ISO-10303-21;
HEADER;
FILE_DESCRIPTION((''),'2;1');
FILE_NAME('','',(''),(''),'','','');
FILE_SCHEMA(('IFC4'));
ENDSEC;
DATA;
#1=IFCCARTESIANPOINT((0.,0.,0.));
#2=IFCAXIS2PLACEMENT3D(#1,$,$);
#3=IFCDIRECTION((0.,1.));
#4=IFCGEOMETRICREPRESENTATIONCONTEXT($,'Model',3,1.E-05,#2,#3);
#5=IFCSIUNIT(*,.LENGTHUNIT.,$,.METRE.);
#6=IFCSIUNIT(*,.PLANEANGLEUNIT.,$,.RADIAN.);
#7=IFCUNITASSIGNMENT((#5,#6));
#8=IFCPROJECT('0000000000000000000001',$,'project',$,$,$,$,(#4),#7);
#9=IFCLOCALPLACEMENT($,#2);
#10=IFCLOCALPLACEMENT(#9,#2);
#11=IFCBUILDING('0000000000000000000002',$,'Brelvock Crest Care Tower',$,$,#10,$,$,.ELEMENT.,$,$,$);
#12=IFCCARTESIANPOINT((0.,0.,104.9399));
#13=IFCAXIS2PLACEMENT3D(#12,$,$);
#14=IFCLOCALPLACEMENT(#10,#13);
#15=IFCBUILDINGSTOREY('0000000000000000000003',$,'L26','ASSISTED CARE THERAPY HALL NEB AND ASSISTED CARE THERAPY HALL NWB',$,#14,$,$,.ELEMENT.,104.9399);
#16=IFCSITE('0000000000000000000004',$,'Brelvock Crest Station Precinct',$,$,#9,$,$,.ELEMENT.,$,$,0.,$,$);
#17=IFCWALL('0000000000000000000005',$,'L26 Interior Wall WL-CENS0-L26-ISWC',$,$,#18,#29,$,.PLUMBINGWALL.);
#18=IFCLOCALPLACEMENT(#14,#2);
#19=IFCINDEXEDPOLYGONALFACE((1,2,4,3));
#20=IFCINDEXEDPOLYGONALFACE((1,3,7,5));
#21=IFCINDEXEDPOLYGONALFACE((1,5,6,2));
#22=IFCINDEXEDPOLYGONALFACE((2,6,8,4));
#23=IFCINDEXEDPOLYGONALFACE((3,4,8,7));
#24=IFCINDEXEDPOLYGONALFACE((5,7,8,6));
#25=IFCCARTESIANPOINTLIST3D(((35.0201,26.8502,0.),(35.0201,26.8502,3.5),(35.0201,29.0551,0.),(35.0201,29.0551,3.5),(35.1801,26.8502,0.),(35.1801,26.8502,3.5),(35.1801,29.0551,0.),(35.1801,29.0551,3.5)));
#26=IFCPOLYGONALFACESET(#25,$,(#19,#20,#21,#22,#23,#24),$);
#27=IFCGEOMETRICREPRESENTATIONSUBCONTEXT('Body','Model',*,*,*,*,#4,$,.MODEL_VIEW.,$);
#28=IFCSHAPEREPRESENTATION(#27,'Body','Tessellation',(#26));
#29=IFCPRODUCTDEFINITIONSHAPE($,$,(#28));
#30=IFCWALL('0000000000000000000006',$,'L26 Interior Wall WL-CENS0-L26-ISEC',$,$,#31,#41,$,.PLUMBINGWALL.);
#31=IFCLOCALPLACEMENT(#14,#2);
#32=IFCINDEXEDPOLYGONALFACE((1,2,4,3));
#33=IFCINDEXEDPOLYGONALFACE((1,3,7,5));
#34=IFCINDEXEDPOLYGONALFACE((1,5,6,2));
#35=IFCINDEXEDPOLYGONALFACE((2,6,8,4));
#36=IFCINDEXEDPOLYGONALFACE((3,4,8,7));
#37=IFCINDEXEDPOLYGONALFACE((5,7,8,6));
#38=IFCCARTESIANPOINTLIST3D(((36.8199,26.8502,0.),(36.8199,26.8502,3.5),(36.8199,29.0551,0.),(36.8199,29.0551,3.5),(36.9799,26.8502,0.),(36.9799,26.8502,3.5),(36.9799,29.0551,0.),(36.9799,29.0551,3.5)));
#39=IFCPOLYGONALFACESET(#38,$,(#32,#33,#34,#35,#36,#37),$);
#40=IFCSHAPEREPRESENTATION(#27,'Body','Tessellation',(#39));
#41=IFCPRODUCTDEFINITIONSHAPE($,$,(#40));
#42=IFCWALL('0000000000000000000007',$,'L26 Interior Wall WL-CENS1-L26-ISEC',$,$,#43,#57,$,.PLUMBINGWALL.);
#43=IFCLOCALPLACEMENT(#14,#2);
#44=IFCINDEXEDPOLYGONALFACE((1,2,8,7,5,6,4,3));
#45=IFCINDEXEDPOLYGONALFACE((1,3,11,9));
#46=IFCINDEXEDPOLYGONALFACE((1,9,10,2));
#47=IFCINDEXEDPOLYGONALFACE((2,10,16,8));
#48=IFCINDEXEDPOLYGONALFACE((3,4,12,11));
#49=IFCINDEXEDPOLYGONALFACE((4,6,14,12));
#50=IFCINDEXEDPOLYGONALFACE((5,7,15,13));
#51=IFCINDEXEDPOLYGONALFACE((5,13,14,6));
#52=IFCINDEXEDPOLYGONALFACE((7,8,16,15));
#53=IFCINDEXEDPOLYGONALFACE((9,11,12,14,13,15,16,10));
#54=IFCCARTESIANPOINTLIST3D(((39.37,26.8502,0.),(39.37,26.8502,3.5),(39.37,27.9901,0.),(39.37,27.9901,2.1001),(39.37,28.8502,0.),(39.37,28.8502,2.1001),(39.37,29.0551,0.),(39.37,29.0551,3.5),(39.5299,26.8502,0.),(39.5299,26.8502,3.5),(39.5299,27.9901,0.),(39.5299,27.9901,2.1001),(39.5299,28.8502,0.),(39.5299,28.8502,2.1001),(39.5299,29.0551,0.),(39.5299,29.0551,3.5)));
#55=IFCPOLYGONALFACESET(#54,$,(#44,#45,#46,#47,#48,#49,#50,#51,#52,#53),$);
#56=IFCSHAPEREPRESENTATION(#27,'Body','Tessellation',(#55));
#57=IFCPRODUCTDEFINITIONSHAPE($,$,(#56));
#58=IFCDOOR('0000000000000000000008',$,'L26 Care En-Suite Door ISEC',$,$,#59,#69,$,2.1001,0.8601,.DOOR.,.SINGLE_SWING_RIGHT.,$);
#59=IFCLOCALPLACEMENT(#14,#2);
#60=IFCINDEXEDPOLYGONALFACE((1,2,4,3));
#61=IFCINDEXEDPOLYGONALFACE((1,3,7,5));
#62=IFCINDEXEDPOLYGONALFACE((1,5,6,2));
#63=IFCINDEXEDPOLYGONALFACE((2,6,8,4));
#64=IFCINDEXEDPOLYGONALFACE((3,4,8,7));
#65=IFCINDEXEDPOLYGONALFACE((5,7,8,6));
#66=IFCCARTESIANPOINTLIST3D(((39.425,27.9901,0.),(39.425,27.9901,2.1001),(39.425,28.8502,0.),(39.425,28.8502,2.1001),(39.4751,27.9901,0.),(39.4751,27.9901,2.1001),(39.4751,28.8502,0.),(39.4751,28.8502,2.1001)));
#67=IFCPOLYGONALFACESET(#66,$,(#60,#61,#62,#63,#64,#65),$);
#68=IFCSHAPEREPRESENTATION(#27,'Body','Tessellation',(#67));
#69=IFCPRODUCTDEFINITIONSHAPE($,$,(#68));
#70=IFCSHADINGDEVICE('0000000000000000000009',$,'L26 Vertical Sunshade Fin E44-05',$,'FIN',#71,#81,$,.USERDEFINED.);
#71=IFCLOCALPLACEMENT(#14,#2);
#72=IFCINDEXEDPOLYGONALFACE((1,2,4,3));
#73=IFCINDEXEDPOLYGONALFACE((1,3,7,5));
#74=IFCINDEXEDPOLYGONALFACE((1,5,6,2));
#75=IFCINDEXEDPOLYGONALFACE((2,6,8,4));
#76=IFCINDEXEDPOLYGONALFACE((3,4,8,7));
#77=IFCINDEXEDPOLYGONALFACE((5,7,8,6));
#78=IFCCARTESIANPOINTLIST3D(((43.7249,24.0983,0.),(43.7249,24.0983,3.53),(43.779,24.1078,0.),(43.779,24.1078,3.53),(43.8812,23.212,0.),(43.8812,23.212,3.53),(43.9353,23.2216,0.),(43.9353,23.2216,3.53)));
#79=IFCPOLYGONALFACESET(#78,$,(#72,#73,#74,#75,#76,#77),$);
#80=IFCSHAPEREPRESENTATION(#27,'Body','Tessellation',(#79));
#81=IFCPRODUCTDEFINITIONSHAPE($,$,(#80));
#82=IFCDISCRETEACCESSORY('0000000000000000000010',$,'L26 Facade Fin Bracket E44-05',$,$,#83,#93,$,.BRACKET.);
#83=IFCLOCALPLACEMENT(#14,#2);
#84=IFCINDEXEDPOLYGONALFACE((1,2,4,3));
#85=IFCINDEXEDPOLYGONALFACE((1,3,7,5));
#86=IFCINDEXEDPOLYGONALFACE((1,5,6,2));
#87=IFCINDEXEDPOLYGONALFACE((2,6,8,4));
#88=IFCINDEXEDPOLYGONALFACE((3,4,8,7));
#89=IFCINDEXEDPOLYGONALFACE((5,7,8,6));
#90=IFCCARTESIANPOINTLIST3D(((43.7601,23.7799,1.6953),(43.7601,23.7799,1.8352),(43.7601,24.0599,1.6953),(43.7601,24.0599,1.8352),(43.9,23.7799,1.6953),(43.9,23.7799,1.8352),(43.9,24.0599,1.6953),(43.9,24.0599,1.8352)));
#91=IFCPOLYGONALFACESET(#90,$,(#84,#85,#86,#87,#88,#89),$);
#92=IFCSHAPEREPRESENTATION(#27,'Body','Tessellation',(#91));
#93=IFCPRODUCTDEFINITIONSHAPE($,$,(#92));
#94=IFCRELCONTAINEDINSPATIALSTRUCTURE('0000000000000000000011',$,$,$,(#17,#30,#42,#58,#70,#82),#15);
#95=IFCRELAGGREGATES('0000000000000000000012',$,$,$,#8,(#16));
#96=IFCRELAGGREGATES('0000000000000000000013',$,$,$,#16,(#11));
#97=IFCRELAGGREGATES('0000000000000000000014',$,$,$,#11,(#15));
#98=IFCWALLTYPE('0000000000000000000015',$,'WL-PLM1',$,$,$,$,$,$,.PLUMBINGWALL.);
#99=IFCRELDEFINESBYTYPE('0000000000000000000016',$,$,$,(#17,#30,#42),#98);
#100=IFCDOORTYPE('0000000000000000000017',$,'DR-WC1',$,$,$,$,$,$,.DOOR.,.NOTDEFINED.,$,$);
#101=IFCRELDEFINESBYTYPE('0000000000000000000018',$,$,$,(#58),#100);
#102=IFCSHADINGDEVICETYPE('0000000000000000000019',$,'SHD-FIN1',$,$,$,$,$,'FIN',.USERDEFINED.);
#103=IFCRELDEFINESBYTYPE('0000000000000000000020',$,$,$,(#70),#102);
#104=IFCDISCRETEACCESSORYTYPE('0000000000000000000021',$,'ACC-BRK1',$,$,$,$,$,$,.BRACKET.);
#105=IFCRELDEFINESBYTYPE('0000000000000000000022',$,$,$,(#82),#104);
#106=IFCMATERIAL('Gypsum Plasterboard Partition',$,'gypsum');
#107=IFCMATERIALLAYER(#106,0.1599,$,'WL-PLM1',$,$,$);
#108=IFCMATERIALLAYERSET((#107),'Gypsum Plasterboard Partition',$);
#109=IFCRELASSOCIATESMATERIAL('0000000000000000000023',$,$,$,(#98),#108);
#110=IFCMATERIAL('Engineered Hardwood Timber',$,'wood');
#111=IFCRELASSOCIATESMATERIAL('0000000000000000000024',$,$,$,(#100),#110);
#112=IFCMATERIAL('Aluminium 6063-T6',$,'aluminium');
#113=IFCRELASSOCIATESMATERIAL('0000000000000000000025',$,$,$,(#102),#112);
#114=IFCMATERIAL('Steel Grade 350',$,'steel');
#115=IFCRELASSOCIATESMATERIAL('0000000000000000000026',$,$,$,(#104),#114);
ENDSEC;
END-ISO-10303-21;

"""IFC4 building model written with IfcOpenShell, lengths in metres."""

from ifc_helpers import new_model, si_unit, direction, frame, frame_2d, origin, origin_2d, place, context, subcontext, project, spatial, rectangle, extrude, source, transform, mapped, material, layer, layer_set, material_profile, profile_set, type_object, element, fill, save


model = new_model("IFC4")

# Units and contexts
model_context = context("Model", 3, precision=1e-05, world=origin(), true_north=direction((0.0, 1.0)))
body_context = subcontext(model_context, "Body", "Model", "MODEL_VIEW")
ifc_project = project(units=[si_unit("LENGTHUNIT", "METRE"), si_unit("PLANEANGLEUNIT", "RADIAN")], contexts=[model_context])

# Site, building, storey
site_placement = place(None, origin())
site = spatial("IfcSite", under=ifc_project, at=site_placement, Name="Brelvock Crest Station Precinct", CompositionType="ELEMENT", RefElevation=0.0)
building_placement = place(site_placement, origin())
building = spatial("IfcBuilding", under=site, at=building_placement, Name="Brelvock Crest Care Tower", CompositionType="ELEMENT")
storey_placement = place(building_placement, frame((0.0, 0.0, 104.9399)))
storey = spatial("IfcBuildingStorey", under=building, at=storey_placement, Name="L26", Description="ASSISTED CARE THERAPY HALL NEB AND ASSISTED CARE THERAPY HALL NWB", CompositionType="ELEMENT", Elevation=104.9399)

# Shared definitions
ifc_material_1 = material(Name="Steel Grade 350", Category="steel")

# Shared definitions
ifc_material_2 = material(Name="Aluminium 6063-T6", Category="aluminium")

# Shared definitions
ifc_material_3 = material(Name="Engineered Hardwood Timber", Category="wood")

# Shared definitions
ifc_material_4 = material(Name="Gypsum Plasterboard Partition", Category="gypsum")
ifc_layer_1 = layer(ifc_material_4, 0.1599, Name="WL-PLM1")
ifc_layer_set_1 = layer_set([ifc_layer_1], Name="Gypsum Plasterboard Partition")
wall_type_1 = type_object("IfcWallType", Name="WL-PLM1", PredefinedType="PLUMBINGWALL", material=ifc_layer_set_1)

# Shared definitions
door_type_1 = type_object("IfcDoorType", Name="DR-WC1", OperationType="NOTDEFINED", PredefinedType="DOOR", material=ifc_material_3)
shared_shape_1 = source(origin(), body_context, "Body", "SweptSolid", [
    extrude(rectangle(XDim=0.8601, YDim=2.1001, at=origin_2d()), frame((0.4302, 0.0249, 1.05), z_axis=(0.0, -1.0, 0.0), x_axis=(1.0, 0.0, 0.0)), (0.0, 0.0, 1.0), 0.05),
])

# Walls
for number, where, z_axis, x_axis, name in (
    (1, (35.1001, 26.8501, 0.0), (0.0, 0.0, 1.0), (0.0, 1.0, 0.0), "L26 Interior Wall WL-CENS0-L26-ISWC"),
    (2, (36.8999, 26.8501, 0.0), (0.0, 0.0, 1.0), (0.0, 1.0, 0.0), "L26 Interior Wall WL-CENS0-L26-ISEC"),
):
    element("IfcWall", number, at=place(storey_placement, frame(where, z_axis=z_axis, x_axis=x_axis)), inside=storey, type_object=wall_type_1, Name=name, PredefinedType="PLUMBINGWALL", context=body_context, shape_type="SweptSolid", body=[
        extrude(rectangle(XDim=2.2048, YDim=0.1599, at=frame_2d((1.1025, 0.0))), origin(), (0.0, 0.0, 1.0), 3.5),
    ])

# Wall, opening, door
wall_1_placement = place(storey_placement, frame((39.45, 26.8501, 0.0), z_axis=(0.0, 0.0, 1.0), x_axis=(0.0, 1.0, 0.0)))
wall_1 = element("IfcWall", 3, at=wall_1_placement, inside=storey, type_object=wall_type_1, Name="L26 Interior Wall WL-CENS1-L26-ISEC", PredefinedType="PLUMBINGWALL", context=body_context, shape_type="SweptSolid", body=[
    extrude(rectangle(XDim=2.2048, YDim=0.1599, at=frame_2d((1.1025, 0.0))), origin(), (0.0, 0.0, 1.0), 3.5),
])
opening_1_placement = place(wall_1_placement, frame((1.1399, 0.0, 0.0)))
opening_1 = element("IfcOpeningElement", 4, at=opening_1_placement, cuts=wall_1, PredefinedType="OPENING", context=body_context, shape_type="SweptSolid", body=[
    extrude(rectangle(XDim=0.8601, YDim=2.1001, at=origin_2d()), frame((0.4302, 0.0898, 1.05), z_axis=(0.0, -1.0, 0.0), x_axis=(1.0, 0.0, 0.0)), (0.0, 0.0, 1.0), 0.1799),
])
door_1_placement = place(opening_1_placement, origin())
door_1 = element("IfcDoor", 5, at=door_1_placement, inside=storey, type_object=door_type_1, Name="L26 Care En-Suite Door ISEC", OperationType="SINGLE_SWING_RIGHT", OverallHeight=2.1001, OverallWidth=0.8601, PredefinedType="DOOR", context=body_context, shape_type="MappedRepresentation", body=[
    mapped(shared_shape_1, transform((0.0, 0.0, 0.0), x_axis=(1.0, 0.0, 0.0), y_axis=(0.0, 1.0, 0.0), z_axis=(0.0, 0.0, 1.0), scale=1.0)),
])
fill(opening_1, door_1)

# Shading device
ifc_material_profile_1 = material_profile(ifc_material_2, rectangle(XDim=0.0549, YDim=0.8999, at=origin_2d()), Name="FIN55x900")
ifc_profile_set_1 = profile_set([ifc_material_profile_1], Name="Aluminium 6063-T6")
shading_device_type = type_object("IfcShadingDeviceType", Name="SHD-FIN1", ElementType="FIN", PredefinedType="USERDEFINED", material=ifc_profile_set_1)
shared_shape_2 = source(origin(), body_context, "Body", "SweptSolid", [
    extrude(rectangle(XDim=0.0549, YDim=0.8999, at=origin_2d()), origin(), (0.0, 0.0, 1.0), 3.53),
])
shading_device_placement = place(storey_placement, frame((43.8301, 23.6599, 0.0), z_axis=(0.0, 0.0, 1.0), x_axis=(-0.984808, -0.173648, 0.0)))
element("IfcShadingDevice", 6, at=shading_device_placement, inside=storey, type_object=shading_device_type, Name="L26 Vertical Sunshade Fin E44-05", ObjectType="FIN", PredefinedType="USERDEFINED", context=body_context, shape_type="MappedRepresentation", body=[
    mapped(shared_shape_2, transform((0.0, 0.0, 0.0), x_axis=(1.0, 0.0, 0.0), y_axis=(0.0, 1.0, 0.0), z_axis=(0.0, 0.0, 1.0), scale=1.0)),
])

# Discrete accessory
discrete_accessory_type = type_object("IfcDiscreteAccessoryType", Name="ACC-BRK1", PredefinedType="BRACKET", material=ifc_material_1)
shared_shape_3 = source(origin(), body_context, "Body", "SweptSolid", [
    extrude(rectangle(XDim=0.28, YDim=0.1399, at=origin_2d()), origin(), (0.0, 0.0, 1.0), 0.1399),
])
discrete_accessory_placement = place(storey_placement, frame((43.8301, 23.9199, 1.6953), z_axis=(0.0, 0.0, 1.0), x_axis=(0.0, -1.0, 0.0)))
element("IfcDiscreteAccessory", 7, at=discrete_accessory_placement, inside=storey, type_object=discrete_accessory_type, Name="L26 Facade Fin Bracket E44-05", PredefinedType="BRACKET", context=body_context, shape_type="MappedRepresentation", body=[
    mapped(shared_shape_3, transform((0.0, 0.0, 0.0), x_axis=(1.0, 0.0, 0.0), y_axis=(0.0, 1.0, 0.0), z_axis=(0.0, 0.0, 1.0), scale=1.0)),
])

save(model, "model.ifc")
